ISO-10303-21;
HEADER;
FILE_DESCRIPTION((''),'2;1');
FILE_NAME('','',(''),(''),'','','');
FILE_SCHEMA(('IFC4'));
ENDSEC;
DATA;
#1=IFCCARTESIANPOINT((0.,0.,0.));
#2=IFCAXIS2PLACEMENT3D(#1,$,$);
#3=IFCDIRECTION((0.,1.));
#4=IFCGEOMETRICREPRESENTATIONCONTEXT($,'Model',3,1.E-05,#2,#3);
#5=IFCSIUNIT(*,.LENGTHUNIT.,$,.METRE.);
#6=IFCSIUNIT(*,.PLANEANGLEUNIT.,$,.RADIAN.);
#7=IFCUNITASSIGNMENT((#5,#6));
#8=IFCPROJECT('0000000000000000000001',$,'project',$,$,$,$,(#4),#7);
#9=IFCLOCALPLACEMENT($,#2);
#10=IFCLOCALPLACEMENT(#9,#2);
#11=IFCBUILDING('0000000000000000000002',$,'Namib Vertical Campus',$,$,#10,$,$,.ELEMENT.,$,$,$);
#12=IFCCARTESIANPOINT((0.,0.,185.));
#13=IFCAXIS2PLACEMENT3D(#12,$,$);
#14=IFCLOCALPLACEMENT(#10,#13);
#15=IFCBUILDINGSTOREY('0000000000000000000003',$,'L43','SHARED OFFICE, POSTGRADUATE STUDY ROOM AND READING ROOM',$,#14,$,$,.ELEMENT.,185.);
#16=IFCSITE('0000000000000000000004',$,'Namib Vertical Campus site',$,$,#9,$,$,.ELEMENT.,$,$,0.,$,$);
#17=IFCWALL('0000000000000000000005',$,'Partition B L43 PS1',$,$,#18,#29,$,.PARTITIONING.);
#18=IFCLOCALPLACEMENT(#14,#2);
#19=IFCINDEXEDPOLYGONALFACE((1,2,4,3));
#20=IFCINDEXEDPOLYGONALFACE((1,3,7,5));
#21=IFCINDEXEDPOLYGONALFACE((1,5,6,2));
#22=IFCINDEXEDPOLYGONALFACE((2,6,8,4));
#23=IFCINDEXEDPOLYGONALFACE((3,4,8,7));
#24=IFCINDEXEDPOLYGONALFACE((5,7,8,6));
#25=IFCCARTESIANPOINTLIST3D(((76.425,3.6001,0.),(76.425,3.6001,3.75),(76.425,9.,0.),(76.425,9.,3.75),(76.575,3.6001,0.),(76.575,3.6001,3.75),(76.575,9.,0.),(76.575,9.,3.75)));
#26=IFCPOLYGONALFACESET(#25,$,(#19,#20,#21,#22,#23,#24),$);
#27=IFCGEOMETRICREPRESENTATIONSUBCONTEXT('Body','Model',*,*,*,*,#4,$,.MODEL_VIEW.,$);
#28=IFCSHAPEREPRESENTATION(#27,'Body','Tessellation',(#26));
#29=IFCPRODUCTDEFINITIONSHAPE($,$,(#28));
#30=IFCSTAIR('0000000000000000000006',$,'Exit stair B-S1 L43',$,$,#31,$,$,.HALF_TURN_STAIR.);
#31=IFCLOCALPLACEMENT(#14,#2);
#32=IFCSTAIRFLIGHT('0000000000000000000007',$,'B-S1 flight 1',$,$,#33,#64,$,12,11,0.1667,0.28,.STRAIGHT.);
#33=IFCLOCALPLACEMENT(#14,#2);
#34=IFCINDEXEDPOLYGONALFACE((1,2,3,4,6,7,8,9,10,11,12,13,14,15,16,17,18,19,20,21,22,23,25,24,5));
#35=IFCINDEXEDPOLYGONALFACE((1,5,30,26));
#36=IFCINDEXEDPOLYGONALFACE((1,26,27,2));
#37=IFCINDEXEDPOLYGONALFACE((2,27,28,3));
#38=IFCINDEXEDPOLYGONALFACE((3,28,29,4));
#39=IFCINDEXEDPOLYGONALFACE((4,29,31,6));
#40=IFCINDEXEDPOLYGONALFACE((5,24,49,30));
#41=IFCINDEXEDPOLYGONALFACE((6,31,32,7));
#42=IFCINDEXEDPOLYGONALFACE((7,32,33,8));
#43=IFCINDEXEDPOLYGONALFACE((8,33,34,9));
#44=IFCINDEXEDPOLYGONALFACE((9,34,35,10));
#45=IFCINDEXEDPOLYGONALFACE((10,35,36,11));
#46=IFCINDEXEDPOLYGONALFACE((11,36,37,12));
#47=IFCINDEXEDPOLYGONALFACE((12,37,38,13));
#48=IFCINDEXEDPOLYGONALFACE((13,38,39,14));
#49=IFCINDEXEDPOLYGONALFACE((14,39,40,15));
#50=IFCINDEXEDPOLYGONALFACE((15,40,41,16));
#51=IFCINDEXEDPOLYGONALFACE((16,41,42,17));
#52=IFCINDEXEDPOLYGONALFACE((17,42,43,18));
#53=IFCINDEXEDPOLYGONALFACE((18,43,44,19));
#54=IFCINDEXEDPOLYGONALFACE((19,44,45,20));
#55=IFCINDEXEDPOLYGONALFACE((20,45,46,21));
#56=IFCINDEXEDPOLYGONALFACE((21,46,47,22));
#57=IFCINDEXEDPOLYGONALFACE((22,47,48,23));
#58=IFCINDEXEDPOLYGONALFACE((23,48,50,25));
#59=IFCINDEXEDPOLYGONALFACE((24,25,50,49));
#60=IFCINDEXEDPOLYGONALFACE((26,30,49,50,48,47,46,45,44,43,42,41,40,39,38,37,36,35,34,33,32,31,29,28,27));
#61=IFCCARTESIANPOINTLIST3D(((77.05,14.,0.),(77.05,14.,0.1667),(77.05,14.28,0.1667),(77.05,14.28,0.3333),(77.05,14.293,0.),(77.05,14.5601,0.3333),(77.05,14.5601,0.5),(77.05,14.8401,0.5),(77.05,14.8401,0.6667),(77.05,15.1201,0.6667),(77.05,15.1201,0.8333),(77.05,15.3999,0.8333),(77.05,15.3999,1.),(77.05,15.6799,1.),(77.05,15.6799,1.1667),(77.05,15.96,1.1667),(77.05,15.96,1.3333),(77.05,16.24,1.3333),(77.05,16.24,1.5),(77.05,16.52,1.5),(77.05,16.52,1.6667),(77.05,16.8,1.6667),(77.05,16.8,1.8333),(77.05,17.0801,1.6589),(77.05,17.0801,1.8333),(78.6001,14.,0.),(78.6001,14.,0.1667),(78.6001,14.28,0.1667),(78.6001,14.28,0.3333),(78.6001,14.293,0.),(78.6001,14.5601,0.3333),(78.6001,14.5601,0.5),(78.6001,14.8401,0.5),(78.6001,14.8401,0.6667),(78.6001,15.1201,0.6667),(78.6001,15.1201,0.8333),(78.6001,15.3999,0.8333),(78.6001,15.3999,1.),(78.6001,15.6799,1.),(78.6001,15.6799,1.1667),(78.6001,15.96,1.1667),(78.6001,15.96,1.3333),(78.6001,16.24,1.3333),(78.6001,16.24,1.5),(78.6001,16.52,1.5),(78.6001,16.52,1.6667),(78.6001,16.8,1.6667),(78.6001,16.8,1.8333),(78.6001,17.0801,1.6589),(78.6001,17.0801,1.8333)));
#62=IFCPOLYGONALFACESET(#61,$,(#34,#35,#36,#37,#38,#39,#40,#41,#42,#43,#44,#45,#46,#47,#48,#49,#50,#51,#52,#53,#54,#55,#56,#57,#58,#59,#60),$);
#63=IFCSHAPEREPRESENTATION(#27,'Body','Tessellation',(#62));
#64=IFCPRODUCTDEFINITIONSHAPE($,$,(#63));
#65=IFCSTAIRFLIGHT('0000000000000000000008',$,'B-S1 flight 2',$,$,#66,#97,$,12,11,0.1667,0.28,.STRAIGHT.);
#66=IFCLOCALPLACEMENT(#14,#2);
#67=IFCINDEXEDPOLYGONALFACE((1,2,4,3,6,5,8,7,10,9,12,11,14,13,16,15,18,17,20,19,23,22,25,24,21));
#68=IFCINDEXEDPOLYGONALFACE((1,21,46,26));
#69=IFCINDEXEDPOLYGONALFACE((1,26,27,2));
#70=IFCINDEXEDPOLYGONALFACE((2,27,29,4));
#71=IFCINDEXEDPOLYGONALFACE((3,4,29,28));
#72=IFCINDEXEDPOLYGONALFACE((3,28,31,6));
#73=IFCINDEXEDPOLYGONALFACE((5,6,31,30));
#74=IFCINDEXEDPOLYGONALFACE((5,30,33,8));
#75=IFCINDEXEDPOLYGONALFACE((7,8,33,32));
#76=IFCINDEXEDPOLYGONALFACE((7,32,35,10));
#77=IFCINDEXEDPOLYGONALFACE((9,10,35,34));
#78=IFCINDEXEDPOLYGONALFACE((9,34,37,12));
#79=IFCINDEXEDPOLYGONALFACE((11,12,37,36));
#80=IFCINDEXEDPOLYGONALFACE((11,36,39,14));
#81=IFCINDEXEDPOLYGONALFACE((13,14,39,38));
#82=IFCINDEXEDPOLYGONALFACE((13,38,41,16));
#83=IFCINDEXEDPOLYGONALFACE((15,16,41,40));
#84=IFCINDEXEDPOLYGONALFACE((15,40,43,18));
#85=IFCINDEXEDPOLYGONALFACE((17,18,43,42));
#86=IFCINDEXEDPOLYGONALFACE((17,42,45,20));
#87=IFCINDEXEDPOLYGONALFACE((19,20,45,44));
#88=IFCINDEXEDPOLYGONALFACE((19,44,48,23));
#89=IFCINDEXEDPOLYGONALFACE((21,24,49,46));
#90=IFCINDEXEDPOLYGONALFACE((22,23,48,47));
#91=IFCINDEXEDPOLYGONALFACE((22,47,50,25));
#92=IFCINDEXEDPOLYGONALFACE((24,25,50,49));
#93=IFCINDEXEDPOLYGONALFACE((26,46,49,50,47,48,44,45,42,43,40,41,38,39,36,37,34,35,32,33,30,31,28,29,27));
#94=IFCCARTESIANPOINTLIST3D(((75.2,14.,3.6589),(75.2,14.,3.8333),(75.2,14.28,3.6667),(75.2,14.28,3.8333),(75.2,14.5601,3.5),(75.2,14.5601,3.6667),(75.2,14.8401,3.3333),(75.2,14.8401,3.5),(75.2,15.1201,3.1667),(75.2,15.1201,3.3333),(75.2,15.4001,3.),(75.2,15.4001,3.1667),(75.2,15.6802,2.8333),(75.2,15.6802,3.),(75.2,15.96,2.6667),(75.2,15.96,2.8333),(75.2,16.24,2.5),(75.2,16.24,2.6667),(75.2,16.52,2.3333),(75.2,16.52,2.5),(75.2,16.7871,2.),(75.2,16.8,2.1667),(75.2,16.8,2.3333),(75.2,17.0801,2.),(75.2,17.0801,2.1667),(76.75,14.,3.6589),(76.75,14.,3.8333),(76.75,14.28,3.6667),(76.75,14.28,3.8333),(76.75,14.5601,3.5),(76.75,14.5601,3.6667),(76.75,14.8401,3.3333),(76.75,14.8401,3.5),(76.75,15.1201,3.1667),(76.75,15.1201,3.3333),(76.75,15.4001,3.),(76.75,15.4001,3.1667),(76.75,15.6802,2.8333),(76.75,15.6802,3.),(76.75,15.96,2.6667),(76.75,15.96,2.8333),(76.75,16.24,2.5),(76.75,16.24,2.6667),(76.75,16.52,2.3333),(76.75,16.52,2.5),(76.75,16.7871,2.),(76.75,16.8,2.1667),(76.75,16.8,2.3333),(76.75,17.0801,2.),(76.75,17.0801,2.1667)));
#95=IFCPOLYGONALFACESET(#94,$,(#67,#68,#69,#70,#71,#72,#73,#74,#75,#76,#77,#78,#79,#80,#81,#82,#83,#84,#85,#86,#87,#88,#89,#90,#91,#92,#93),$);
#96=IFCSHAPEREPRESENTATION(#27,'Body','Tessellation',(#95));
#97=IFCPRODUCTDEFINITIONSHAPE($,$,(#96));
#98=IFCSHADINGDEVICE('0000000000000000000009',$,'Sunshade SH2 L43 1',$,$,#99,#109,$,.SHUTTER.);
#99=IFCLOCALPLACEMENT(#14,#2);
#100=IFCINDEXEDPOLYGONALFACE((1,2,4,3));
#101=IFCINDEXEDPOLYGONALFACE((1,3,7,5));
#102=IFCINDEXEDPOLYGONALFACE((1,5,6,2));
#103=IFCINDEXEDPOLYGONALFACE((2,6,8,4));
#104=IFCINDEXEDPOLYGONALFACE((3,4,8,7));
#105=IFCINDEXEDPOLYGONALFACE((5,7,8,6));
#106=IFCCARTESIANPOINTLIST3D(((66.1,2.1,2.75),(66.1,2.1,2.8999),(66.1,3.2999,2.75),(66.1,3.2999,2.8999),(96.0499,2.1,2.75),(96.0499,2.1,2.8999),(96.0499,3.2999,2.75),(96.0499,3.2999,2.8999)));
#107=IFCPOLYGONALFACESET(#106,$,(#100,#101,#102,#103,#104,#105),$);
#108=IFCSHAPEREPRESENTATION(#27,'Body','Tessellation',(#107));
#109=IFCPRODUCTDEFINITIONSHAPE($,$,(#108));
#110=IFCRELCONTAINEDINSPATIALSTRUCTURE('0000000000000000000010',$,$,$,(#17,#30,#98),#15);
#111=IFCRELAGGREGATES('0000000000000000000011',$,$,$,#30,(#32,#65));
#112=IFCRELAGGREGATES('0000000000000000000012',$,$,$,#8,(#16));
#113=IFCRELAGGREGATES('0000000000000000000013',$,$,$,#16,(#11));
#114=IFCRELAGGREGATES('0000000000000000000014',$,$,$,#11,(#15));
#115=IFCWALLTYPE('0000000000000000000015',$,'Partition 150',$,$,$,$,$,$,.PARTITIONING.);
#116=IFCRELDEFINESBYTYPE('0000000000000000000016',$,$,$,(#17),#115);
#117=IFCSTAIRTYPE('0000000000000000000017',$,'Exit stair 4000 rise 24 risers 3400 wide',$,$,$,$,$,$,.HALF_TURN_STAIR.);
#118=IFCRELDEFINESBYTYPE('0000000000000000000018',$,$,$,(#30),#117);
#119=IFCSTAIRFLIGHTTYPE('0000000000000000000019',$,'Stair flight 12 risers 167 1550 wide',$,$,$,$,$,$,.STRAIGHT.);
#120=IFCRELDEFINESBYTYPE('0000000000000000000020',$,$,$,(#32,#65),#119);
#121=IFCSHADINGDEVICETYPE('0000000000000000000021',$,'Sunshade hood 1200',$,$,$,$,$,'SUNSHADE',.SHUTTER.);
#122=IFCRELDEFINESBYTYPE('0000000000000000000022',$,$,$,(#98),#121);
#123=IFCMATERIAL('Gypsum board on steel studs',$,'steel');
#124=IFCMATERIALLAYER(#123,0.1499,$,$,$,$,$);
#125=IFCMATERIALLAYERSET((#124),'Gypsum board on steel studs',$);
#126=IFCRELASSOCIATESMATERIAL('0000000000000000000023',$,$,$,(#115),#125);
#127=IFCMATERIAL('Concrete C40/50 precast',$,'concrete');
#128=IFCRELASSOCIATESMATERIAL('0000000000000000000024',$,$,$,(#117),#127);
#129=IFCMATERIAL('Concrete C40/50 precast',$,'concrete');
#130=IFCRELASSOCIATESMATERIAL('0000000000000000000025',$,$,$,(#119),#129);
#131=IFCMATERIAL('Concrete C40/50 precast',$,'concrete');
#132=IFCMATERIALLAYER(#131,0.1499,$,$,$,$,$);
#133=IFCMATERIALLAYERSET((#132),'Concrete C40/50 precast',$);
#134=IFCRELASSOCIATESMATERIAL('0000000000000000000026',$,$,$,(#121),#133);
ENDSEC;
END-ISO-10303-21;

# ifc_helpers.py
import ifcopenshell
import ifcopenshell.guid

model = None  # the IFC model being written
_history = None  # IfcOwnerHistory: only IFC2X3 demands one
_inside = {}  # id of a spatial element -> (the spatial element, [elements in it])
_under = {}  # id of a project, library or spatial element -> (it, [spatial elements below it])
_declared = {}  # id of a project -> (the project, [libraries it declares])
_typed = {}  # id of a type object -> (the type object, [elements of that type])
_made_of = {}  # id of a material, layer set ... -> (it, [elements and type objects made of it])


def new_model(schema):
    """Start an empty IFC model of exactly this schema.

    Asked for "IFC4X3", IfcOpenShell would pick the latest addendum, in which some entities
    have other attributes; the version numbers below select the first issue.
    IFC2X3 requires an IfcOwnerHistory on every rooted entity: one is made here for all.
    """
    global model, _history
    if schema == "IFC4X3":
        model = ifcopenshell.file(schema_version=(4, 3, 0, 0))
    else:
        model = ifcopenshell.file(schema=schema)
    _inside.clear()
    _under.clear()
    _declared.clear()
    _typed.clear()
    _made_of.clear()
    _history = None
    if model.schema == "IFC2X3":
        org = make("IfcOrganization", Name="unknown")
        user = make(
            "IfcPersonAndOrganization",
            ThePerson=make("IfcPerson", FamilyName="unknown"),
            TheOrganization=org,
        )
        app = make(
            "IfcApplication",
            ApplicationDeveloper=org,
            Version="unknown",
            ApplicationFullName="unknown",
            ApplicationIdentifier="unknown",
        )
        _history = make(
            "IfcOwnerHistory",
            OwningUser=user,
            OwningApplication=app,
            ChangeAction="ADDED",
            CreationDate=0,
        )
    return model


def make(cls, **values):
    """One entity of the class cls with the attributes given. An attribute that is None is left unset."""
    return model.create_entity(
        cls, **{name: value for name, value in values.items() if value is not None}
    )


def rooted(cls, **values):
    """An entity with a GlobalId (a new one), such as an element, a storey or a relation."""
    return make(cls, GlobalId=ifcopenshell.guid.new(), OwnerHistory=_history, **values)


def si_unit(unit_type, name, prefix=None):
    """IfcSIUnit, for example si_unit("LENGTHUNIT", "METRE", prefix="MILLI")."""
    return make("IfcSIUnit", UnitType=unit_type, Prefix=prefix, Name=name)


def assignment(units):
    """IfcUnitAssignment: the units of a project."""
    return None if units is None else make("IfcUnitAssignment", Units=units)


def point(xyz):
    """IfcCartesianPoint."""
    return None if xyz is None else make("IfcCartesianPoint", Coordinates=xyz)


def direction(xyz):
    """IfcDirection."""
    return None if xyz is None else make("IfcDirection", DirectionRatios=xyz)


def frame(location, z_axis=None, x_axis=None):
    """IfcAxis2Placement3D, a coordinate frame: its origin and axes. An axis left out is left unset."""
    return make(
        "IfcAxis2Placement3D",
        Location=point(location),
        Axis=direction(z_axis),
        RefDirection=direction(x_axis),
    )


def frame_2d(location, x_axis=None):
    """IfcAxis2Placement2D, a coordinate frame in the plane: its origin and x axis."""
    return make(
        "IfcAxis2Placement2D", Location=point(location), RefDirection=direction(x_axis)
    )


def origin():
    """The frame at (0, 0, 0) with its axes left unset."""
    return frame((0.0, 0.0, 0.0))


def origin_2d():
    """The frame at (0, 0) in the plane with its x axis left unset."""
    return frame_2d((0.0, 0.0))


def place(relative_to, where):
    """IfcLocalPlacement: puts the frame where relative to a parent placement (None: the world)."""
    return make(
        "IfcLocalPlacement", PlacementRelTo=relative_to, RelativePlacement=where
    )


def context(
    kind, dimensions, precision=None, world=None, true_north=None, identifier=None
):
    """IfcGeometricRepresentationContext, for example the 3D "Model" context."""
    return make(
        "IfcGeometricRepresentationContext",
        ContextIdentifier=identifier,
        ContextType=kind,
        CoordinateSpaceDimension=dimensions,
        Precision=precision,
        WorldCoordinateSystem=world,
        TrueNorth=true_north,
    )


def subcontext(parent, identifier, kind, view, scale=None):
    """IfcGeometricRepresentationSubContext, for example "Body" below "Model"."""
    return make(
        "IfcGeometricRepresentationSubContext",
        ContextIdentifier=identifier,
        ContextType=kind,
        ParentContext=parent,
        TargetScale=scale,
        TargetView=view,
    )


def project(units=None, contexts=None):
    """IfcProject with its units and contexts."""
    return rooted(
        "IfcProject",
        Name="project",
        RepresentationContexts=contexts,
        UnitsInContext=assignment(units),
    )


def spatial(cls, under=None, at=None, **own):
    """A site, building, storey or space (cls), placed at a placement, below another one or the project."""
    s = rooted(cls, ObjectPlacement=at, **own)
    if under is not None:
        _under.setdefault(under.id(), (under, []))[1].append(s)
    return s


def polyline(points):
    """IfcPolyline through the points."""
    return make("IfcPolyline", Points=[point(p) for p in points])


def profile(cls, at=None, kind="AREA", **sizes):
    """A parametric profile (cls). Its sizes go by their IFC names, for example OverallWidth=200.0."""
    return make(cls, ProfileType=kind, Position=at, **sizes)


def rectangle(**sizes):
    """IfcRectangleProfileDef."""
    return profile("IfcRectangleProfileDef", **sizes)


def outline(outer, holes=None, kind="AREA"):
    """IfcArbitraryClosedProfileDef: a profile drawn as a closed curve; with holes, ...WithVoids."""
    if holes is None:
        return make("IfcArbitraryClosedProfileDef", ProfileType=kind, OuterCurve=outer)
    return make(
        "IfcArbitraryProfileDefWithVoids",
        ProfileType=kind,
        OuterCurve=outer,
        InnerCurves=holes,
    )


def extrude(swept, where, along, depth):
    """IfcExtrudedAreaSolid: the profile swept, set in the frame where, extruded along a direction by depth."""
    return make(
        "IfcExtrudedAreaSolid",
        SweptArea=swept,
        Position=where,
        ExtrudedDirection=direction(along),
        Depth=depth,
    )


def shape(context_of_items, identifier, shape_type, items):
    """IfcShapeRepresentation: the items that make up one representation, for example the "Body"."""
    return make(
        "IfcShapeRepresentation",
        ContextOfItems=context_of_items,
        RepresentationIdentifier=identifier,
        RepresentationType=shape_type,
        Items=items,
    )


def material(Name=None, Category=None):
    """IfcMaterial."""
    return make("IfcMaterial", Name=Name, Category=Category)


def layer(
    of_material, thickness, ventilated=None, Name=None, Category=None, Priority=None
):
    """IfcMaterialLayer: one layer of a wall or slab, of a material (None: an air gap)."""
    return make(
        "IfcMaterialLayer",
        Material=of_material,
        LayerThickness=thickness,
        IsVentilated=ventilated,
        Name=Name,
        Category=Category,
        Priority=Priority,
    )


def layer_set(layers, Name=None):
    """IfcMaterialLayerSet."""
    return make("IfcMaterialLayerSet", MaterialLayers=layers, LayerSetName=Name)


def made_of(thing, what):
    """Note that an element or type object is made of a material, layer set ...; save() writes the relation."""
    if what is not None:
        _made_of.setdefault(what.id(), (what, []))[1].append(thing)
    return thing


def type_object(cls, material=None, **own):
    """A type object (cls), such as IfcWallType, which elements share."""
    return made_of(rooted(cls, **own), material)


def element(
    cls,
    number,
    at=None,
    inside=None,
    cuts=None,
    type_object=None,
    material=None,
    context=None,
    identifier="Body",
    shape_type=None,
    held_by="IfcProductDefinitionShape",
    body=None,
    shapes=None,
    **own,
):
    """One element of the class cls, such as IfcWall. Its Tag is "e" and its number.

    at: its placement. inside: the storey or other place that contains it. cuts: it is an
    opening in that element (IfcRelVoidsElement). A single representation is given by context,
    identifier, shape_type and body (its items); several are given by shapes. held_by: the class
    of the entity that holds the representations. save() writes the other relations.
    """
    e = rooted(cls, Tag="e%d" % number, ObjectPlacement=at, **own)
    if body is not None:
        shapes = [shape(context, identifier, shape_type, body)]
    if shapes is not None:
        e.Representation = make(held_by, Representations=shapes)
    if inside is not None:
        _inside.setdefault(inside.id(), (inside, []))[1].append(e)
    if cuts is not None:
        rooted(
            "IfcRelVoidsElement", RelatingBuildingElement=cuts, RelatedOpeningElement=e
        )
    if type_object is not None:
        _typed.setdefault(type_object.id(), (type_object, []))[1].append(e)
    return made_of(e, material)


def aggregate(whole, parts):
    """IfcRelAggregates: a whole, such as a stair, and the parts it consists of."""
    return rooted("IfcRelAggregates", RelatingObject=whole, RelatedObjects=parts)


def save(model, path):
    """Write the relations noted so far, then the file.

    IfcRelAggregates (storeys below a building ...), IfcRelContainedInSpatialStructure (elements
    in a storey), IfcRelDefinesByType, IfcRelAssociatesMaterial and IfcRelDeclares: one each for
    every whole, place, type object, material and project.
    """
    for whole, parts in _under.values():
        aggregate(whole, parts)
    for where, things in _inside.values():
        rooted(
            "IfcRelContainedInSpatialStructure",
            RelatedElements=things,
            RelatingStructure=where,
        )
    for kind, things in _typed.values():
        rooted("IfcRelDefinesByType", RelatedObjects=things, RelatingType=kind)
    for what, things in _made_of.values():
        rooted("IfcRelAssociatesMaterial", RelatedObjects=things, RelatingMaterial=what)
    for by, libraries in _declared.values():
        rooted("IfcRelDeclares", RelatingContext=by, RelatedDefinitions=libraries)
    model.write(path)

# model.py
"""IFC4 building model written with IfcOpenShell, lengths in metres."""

from ifc_helpers import new_model, si_unit, direction, frame, frame_2d, origin, origin_2d, place, context, subcontext, project, spatial, polyline, rectangle, outline, extrude, material, layer, layer_set, type_object, element, aggregate, save


model = new_model("IFC4")

# Units and contexts
model_context = context("Model", 3, precision=1e-05, world=origin(), true_north=direction((0.0, 1.0)))
body_context = subcontext(model_context, "Body", "Model", "MODEL_VIEW")
ifc_project = project(units=[si_unit("LENGTHUNIT", "METRE"), si_unit("PLANEANGLEUNIT", "RADIAN")], contexts=[model_context])

# Site, building, storey
site_placement = place(None, origin())
site = spatial("IfcSite", under=ifc_project, at=site_placement, Name="Namib Vertical Campus site", CompositionType="ELEMENT", RefElevation=0.0)
building_placement = place(site_placement, origin())
building = spatial("IfcBuilding", under=site, at=building_placement, Name="Namib Vertical Campus", CompositionType="ELEMENT")
storey_placement = place(building_placement, frame((0.0, 0.0, 185.0)))
storey = spatial("IfcBuildingStorey", under=building, at=storey_placement, Name="L43", Description="SHARED OFFICE, POSTGRADUATE STUDY ROOM AND READING ROOM", CompositionType="ELEMENT", Elevation=185.0)

# Wall
ifc_material_1 = material(Name="Gypsum board on steel studs", Category="steel")
ifc_layer_1 = layer(ifc_material_1, 0.1499)
ifc_layer_set_1 = layer_set([ifc_layer_1], Name="Gypsum board on steel studs")
wall_type_1 = type_object("IfcWallType", Name="Partition 150", PredefinedType="PARTITIONING", material=ifc_layer_set_1)
wall_1_placement = place(storey_placement, frame((76.5, 3.6001, 0.0), z_axis=(0.0, 0.0, 1.0), x_axis=(0.0, 1.0, 0.0)))
element("IfcWall", 1, at=wall_1_placement, inside=storey, type_object=wall_type_1, Name="Partition B L43 PS1", PredefinedType="PARTITIONING", context=body_context, shape_type="SweptSolid", body=[
    extrude(rectangle(XDim=5.3999, YDim=0.1499, at=frame_2d((2.7, 0.0))), origin(), (0.0, 0.0, 1.0), 3.75),
])

# Stair, stair flights
ifc_material_2 = material(Name="Concrete C40/50 precast", Category="concrete")
stair_type = type_object("IfcStairType", Name="Exit stair 4000 rise 24 risers 3400 wide", PredefinedType="HALF_TURN_STAIR", material=ifc_material_2)
stair_placement = place(storey_placement, origin())
stair = element("IfcStair", 2, at=stair_placement, inside=storey, type_object=stair_type, Name="Exit stair B-S1 L43", PredefinedType="HALF_TURN_STAIR")
ifc_material_3 = material(Name="Concrete C40/50 precast", Category="concrete")
stair_flight_type = type_object("IfcStairFlightType", Name="Stair flight 12 risers 167 1550 wide", PredefinedType="STRAIGHT", material=ifc_material_3)
stair_flight_1_placement = place(storey_placement, frame((77.825, 14.0, 0.0), z_axis=(0.0, 0.0, 1.0), x_axis=(0.0, 1.0, 0.0)))
stair_flight_1 = element("IfcStairFlight", 3, at=stair_flight_1_placement, type_object=stair_flight_type, Name="B-S1 flight 1", NumberOfRisers=12, NumberOfTreads=11, PredefinedType="STRAIGHT", RiserHeight=0.1667, TreadLength=0.28, context=body_context, shape_type="SweptSolid", body=[
    extrude(outline(polyline([(0.0, 0.0), (0.0, 0.1667), (0.28, 0.1667), (0.28, 0.3333), (0.5601, 0.3333), (0.5601, 0.5), (0.8401, 0.5), (0.8401, 0.6667), (1.1201, 0.6667), (1.1201, 0.8333), (1.3999, 0.8333), (1.3999, 1.0), (1.6799, 1.0), (1.6799, 1.1667), (1.96, 1.1667), (1.96, 1.3333), (2.24, 1.3333), (2.24, 1.5), (2.52, 1.5), (2.52, 1.6667), (2.8, 1.6667), (2.8, 1.8333), (3.0801, 1.8333), (3.0801, 2.0), (3.0801, 1.6589), (0.293, 0.0), (0.0, 0.0)])), frame((0.0, 0.7749, 0.0), z_axis=(0.0, -1.0, 0.0), x_axis=(1.0, 0.0, 0.0)), (0.0, 0.0, 1.0), 1.55),
])
stair_flight_2_placement = place(storey_placement, frame((75.9751, 17.0801, 2.0), z_axis=(0.0, 0.0, 1.0), x_axis=(0.0, -1.0, 0.0)))
stair_flight_2 = element("IfcStairFlight", 4, at=stair_flight_2_placement, type_object=stair_flight_type, Name="B-S1 flight 2", NumberOfRisers=12, NumberOfTreads=11, PredefinedType="STRAIGHT", RiserHeight=0.1667, TreadLength=0.28, context=body_context, shape_type="SweptSolid", body=[
    extrude(outline(polyline([(0.0, 0.0), (0.0, 0.1667), (0.28, 0.1667), (0.28, 0.3333), (0.5601, 0.3333), (0.5601, 0.5), (0.8401, 0.5), (0.8401, 0.6667), (1.1201, 0.6667), (1.1201, 0.8333), (1.3999, 0.8333), (1.3999, 1.0), (1.6799, 1.0), (1.6799, 1.1667), (1.96, 1.1667), (1.96, 1.3333), (2.24, 1.3333), (2.24, 1.5), (2.52, 1.5), (2.52, 1.6667), (2.8, 1.6667), (2.8, 1.8333), (3.0801, 1.8333), (3.0801, 2.0), (3.0801, 1.6589), (0.293, 0.0), (0.0, 0.0)])), frame((0.0, 0.7749, 0.0), z_axis=(0.0, -1.0, 0.0), x_axis=(1.0, 0.0, 0.0)), (0.0, 0.0, 1.0), 1.55),
])
aggregate(stair, [stair_flight_1, stair_flight_2])

# Shading device
ifc_material_4 = material(Name="Concrete C40/50 precast", Category="concrete")
ifc_layer_2 = layer(ifc_material_4, 0.1499)
ifc_layer_set_2 = layer_set([ifc_layer_2], Name="Concrete C40/50 precast")
shading_device_type = type_object("IfcShadingDeviceType", Name="Sunshade hood 1200", ElementType="SUNSHADE", PredefinedType="SHUTTER", material=ifc_layer_set_2)
shading_device_placement = place(storey_placement, frame((81.075, 2.7, 2.75), z_axis=(0.0, 0.0, 1.0), x_axis=(1.0, 0.0, 0.0)))
element("IfcShadingDevice", 5, at=shading_device_placement, inside=storey, type_object=shading_device_type, Name="Sunshade SH2 L43 1", PredefinedType="SHUTTER", context=body_context, shape_type="SweptSolid", body=[
    extrude(rectangle(XDim=29.95, YDim=1.2, at=origin_2d()), origin(), (0.0, 0.0, 1.0), 0.1499),
])

save(model, "model.ifc")
